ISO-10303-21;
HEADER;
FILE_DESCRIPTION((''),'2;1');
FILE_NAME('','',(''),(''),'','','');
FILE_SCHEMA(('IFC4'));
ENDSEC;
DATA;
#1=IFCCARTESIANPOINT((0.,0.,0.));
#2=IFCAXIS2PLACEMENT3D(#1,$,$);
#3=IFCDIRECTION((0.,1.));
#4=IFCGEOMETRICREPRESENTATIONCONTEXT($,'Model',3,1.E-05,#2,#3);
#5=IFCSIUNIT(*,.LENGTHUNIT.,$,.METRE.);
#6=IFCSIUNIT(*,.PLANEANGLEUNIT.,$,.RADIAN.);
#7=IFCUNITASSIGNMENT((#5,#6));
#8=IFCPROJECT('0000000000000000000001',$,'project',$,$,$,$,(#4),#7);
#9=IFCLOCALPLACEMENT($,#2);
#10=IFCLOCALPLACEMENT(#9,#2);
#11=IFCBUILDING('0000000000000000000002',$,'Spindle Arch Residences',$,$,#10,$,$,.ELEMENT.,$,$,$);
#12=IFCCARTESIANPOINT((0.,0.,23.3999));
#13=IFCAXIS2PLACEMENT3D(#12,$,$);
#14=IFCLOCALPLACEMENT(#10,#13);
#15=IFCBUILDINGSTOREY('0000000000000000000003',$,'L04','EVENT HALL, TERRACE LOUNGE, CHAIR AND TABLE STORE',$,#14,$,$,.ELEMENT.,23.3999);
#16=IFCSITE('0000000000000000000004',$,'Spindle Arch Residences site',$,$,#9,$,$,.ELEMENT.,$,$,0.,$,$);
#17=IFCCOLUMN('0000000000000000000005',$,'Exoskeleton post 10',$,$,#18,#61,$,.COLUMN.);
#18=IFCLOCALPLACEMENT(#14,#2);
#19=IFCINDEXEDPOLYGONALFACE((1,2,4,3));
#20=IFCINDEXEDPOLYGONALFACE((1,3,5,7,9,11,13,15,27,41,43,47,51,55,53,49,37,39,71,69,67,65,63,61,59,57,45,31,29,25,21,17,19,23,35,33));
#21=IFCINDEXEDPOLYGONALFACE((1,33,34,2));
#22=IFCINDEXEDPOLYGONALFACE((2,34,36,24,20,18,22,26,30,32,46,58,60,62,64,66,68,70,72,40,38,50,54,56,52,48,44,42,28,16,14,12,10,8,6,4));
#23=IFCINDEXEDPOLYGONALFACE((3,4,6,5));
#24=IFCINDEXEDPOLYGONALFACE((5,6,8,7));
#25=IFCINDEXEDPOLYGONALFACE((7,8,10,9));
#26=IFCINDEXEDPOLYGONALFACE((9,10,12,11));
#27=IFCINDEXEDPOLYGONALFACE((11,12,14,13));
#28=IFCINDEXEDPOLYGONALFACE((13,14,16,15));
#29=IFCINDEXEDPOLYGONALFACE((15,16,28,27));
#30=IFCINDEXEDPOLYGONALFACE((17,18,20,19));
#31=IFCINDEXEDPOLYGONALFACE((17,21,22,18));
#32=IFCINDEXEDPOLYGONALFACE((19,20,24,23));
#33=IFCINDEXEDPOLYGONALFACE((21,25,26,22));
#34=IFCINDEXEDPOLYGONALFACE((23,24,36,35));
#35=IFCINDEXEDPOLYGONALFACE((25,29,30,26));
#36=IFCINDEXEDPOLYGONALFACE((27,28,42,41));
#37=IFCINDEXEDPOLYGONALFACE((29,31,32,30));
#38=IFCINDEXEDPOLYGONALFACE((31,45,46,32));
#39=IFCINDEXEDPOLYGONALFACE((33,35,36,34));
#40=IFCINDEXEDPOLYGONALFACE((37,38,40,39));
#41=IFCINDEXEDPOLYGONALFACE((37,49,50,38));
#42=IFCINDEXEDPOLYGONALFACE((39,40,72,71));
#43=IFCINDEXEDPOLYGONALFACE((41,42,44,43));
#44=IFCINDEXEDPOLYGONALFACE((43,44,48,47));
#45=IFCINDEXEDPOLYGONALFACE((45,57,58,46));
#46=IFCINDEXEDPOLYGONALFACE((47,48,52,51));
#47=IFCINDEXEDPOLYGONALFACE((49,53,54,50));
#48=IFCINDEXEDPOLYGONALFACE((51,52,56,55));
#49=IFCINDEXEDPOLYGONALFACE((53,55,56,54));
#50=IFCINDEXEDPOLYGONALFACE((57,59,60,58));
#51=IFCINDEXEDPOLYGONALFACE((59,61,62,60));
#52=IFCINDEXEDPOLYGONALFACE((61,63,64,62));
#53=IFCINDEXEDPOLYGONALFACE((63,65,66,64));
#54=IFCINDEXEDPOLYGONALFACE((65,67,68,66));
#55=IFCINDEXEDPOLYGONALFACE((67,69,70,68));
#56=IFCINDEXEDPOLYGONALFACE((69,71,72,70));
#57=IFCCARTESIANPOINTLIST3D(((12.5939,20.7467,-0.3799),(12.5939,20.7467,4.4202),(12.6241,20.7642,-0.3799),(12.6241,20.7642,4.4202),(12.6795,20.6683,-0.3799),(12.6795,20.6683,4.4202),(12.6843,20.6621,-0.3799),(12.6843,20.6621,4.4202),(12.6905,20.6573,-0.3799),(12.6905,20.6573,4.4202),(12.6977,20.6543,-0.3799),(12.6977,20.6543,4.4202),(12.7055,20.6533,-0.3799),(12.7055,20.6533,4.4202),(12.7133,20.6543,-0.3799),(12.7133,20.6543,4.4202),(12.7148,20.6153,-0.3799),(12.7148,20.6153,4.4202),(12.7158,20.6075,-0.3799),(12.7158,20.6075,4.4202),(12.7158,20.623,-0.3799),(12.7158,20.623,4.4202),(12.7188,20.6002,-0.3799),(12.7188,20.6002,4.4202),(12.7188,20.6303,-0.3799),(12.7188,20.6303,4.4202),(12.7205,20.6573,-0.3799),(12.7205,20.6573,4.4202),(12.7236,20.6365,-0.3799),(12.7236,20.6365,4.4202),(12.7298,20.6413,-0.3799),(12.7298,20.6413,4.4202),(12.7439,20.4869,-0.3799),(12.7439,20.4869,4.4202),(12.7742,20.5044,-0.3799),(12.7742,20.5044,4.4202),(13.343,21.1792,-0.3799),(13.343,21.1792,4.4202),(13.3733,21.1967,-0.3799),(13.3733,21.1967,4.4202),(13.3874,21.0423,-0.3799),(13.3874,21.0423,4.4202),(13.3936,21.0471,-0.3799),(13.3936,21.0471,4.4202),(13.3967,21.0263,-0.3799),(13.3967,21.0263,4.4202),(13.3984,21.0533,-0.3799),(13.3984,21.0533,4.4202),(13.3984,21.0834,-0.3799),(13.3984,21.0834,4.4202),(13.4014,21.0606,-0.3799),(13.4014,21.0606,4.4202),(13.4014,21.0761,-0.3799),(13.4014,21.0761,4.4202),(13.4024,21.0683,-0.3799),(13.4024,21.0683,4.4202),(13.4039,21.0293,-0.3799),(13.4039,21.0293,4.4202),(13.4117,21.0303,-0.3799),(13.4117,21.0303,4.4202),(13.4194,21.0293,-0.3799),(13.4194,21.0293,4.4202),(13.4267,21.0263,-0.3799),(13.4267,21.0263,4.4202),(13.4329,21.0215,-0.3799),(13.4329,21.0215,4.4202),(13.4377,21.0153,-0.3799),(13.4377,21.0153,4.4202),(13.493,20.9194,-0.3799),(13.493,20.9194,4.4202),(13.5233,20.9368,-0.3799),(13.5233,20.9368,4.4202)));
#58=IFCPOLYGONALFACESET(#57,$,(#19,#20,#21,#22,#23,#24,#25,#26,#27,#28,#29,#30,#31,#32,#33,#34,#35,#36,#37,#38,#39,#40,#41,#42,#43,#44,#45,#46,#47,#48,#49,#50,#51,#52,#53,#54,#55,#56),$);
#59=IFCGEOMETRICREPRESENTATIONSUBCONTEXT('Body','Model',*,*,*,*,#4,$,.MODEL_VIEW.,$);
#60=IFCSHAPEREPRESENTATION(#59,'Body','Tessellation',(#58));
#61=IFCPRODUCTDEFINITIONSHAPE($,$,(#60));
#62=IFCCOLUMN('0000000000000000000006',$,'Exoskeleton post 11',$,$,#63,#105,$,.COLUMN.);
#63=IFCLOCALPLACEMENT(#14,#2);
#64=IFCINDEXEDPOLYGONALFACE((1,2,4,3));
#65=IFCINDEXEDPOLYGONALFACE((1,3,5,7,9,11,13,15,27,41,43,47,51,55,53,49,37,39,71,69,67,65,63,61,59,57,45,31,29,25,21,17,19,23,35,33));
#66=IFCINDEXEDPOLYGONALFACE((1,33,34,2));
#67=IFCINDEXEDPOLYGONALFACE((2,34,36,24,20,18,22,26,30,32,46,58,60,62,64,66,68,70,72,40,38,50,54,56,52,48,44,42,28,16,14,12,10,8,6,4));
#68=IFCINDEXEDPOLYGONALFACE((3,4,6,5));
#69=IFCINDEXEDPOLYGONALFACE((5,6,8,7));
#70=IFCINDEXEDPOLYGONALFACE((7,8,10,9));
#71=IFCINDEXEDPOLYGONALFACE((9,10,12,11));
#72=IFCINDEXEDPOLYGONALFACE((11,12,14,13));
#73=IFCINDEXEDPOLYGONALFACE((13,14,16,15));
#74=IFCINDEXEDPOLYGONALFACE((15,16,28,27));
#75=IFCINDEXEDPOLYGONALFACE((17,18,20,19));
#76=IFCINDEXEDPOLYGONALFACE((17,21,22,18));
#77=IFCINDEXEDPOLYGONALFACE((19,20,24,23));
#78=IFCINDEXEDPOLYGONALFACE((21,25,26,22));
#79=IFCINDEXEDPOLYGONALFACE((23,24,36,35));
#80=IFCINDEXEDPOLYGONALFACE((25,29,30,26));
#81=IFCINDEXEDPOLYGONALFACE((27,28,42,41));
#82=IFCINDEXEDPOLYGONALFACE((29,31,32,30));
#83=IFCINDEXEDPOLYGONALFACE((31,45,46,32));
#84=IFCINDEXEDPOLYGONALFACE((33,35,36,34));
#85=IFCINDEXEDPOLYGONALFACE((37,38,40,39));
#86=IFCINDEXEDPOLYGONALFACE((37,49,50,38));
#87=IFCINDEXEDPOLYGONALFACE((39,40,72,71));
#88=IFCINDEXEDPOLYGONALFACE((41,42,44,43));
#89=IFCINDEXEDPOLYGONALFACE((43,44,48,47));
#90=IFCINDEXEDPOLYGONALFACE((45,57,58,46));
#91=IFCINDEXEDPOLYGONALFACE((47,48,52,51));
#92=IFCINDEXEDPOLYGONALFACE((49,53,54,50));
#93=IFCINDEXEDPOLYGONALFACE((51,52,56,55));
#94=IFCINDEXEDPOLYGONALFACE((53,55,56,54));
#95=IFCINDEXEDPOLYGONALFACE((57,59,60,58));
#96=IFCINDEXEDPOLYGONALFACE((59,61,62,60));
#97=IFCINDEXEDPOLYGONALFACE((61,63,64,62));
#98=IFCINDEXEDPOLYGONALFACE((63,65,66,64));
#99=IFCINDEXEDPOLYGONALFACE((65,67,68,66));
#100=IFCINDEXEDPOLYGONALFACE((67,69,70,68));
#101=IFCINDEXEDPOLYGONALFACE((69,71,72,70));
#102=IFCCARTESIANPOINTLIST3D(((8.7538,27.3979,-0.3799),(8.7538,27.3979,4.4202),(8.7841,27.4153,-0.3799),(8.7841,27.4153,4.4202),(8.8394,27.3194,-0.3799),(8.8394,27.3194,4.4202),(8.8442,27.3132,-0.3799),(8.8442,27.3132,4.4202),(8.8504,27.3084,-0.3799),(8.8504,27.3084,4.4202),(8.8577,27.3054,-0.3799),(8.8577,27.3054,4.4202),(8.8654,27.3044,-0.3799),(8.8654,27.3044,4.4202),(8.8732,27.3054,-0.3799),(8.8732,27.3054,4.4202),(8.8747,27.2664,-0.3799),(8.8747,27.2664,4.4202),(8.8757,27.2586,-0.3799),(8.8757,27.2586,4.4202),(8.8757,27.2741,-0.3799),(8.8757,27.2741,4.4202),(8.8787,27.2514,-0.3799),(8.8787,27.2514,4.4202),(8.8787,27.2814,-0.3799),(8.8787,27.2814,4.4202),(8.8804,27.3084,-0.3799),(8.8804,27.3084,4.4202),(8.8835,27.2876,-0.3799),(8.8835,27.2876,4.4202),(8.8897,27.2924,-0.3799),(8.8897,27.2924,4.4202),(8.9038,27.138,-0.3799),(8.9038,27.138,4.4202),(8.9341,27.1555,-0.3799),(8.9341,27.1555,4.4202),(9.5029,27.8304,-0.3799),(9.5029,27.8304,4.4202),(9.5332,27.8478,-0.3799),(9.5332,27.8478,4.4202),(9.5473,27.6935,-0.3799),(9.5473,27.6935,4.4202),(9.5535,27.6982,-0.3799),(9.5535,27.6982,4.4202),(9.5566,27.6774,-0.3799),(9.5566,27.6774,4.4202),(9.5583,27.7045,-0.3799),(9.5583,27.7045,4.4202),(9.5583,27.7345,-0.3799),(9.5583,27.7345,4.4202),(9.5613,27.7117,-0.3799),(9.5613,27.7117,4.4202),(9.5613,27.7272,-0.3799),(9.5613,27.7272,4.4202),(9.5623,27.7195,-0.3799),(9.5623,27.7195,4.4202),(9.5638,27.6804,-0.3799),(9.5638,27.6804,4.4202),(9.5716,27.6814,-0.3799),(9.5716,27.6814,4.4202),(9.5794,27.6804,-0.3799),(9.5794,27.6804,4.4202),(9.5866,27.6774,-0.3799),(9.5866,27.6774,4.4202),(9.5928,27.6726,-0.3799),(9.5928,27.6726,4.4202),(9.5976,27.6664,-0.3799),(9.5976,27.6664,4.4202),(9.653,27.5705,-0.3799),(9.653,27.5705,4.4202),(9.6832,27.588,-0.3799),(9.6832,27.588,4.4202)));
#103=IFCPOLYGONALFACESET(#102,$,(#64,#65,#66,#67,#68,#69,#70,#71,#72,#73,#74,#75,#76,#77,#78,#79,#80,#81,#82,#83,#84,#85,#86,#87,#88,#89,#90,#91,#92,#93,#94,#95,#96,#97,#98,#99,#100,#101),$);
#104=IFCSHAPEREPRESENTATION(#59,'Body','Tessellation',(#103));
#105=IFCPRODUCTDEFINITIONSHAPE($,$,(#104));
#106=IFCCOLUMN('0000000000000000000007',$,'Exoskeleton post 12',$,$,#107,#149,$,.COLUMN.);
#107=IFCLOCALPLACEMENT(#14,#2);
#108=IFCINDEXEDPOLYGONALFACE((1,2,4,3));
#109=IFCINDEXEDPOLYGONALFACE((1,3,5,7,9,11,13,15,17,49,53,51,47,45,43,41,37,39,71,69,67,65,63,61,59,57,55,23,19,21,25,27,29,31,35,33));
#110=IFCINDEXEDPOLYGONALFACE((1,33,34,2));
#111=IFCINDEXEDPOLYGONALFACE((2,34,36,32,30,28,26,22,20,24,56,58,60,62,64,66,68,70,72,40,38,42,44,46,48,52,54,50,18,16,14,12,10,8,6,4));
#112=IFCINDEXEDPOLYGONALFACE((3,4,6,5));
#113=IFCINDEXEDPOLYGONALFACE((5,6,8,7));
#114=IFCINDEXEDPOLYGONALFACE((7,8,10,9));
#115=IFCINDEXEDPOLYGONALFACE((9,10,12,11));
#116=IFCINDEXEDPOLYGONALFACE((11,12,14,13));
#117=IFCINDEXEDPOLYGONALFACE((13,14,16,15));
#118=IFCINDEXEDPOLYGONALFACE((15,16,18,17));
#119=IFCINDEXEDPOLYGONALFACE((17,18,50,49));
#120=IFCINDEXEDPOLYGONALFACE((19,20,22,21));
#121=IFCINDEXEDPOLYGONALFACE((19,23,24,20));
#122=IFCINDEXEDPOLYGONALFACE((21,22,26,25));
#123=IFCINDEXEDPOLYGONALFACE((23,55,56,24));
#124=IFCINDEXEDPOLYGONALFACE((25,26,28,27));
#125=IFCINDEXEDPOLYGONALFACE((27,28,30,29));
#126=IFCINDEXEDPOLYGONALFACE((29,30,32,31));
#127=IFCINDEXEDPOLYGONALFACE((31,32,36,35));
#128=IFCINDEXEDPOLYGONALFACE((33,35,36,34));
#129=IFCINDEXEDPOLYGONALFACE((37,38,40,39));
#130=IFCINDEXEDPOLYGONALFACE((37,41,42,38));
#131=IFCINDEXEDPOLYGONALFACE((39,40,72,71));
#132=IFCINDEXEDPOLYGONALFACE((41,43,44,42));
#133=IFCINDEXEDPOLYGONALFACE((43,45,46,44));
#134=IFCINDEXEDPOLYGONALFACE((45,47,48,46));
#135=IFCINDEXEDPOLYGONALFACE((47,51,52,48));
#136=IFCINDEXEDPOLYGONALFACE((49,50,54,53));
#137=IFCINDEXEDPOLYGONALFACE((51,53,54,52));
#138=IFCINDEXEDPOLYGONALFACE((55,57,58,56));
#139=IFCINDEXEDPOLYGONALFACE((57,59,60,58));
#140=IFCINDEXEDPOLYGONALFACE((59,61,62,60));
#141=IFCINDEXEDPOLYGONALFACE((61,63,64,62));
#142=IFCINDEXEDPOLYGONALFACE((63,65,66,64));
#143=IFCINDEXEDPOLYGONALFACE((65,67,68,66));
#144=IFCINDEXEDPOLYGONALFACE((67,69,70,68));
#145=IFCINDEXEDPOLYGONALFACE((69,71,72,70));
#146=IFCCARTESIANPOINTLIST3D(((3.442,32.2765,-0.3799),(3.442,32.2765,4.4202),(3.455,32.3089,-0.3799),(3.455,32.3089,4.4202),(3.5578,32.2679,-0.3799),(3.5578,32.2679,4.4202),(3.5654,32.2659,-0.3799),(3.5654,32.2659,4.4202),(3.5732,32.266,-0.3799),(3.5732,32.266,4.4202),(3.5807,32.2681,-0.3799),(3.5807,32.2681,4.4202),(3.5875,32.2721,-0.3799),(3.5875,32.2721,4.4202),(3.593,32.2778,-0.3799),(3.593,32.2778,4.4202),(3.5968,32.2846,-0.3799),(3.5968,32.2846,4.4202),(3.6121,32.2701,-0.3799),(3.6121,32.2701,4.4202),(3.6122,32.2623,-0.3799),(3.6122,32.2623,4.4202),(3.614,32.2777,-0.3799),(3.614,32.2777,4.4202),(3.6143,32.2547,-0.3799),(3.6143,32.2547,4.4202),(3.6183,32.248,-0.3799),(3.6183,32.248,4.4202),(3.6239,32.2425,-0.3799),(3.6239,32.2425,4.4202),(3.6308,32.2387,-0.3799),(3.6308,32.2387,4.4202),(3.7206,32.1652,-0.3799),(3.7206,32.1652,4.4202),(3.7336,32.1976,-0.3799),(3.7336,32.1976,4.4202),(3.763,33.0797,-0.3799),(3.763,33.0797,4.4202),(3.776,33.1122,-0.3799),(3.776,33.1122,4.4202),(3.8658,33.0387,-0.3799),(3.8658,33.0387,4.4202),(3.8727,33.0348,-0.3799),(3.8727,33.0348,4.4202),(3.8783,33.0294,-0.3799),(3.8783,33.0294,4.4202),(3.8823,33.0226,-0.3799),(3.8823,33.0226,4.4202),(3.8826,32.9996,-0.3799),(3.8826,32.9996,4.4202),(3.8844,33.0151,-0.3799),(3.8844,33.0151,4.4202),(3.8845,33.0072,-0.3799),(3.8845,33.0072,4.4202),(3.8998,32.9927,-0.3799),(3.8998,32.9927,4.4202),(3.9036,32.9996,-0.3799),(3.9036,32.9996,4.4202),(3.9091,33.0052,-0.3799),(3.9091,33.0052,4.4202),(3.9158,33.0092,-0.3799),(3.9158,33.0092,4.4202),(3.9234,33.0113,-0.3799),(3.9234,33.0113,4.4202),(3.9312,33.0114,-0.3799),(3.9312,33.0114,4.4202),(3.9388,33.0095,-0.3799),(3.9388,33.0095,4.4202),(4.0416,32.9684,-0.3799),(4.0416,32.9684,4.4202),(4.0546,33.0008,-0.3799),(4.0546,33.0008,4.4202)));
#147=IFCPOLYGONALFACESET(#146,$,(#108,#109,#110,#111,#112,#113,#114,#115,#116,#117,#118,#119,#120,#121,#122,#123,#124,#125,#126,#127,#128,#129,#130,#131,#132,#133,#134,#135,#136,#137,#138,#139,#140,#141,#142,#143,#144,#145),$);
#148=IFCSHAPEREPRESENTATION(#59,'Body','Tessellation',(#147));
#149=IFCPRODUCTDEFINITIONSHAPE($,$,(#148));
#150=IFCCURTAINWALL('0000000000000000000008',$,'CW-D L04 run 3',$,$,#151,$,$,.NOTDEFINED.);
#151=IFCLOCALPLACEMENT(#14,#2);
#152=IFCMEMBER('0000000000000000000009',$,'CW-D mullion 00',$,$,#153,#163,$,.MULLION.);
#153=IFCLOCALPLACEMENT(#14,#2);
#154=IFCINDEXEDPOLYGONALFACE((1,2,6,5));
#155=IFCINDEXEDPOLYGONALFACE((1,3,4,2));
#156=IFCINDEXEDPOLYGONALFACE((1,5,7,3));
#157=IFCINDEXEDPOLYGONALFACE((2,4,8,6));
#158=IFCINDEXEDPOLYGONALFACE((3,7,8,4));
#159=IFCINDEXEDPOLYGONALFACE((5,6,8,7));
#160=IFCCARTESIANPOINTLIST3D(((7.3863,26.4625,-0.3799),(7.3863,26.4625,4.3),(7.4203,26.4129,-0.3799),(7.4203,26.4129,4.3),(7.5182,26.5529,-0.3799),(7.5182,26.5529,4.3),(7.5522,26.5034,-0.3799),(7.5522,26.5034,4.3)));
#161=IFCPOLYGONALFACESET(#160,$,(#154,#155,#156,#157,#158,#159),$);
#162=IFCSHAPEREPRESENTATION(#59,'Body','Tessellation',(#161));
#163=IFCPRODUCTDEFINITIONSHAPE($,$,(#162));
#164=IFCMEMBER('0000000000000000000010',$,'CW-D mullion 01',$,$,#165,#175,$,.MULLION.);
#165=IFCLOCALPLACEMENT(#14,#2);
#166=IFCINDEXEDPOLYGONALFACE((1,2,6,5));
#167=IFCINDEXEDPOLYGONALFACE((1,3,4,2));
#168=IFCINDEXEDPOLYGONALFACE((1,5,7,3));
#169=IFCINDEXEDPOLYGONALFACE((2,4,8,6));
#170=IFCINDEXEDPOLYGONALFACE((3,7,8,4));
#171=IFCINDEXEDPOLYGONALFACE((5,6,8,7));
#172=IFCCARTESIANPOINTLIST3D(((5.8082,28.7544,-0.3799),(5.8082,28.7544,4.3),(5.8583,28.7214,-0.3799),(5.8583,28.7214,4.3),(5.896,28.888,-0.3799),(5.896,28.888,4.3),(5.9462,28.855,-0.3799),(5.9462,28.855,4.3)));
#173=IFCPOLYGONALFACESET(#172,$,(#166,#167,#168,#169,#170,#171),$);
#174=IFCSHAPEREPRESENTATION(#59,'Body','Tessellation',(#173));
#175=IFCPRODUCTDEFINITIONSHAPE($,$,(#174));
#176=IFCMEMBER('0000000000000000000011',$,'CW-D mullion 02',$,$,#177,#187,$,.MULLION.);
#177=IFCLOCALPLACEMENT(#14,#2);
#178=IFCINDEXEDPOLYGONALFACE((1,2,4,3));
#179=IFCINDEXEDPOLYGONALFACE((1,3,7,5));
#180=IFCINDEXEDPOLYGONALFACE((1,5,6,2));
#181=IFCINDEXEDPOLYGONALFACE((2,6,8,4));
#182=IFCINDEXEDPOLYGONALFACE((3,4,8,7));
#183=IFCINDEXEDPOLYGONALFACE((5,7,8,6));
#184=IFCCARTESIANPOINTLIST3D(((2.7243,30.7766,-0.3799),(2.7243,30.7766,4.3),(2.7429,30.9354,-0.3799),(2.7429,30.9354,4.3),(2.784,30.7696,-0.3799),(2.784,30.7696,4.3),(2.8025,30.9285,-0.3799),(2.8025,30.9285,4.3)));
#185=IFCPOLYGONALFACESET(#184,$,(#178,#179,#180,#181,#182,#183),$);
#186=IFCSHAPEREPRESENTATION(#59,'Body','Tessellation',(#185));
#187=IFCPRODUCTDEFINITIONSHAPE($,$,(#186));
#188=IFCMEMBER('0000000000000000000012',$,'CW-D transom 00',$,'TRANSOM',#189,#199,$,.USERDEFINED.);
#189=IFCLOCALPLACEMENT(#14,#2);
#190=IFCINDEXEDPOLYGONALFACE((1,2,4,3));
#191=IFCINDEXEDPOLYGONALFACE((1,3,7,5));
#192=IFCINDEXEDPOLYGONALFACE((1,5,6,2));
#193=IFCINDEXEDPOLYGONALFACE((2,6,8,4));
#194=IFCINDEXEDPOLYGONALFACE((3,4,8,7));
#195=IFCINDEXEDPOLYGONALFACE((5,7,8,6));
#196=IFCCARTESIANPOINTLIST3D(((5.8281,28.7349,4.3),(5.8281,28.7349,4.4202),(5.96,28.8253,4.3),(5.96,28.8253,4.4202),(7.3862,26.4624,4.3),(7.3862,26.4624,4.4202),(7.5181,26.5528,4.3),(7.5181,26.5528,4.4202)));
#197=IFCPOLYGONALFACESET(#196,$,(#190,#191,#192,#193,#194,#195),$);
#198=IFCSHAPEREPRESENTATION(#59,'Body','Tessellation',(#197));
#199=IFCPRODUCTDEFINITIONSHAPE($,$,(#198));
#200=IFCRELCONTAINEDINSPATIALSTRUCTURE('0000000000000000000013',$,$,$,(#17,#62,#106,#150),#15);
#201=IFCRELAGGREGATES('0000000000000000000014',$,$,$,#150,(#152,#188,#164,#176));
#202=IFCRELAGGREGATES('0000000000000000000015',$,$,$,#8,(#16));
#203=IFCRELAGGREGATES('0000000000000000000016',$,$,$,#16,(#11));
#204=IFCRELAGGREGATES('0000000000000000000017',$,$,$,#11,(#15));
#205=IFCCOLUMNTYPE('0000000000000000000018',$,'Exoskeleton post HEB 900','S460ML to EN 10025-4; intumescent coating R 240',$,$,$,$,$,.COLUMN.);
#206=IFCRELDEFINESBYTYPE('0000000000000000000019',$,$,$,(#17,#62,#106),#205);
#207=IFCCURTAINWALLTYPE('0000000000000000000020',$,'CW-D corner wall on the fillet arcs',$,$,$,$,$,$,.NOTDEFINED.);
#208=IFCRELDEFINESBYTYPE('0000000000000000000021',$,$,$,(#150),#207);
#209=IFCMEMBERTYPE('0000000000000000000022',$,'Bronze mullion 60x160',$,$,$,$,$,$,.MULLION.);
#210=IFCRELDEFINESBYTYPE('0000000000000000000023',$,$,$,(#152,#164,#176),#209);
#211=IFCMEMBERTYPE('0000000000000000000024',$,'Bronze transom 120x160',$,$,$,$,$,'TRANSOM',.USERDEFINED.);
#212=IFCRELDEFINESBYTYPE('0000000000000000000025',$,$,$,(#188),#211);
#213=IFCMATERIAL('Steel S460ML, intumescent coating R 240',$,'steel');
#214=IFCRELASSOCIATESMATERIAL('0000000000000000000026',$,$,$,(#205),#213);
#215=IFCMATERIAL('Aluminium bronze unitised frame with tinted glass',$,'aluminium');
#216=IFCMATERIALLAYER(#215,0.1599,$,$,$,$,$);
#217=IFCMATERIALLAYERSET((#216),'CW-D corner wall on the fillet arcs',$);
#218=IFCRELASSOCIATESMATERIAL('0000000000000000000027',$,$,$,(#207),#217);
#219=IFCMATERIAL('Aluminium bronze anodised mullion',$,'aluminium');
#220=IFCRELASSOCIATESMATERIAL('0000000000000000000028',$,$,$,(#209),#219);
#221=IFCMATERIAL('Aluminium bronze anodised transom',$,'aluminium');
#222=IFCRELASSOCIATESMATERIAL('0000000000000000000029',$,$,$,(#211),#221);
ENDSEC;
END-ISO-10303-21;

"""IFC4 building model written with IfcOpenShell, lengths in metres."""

from ifc_helpers import new_model, si_unit, direction, frame, origin, origin_2d, place, context, subcontext, project, spatial, rectangle, i_section, extrude, material, layer, layer_set, material_profile, profile_set, type_object, element, aggregate, save


model = new_model("IFC4")

# Units and contexts
model_context = context("Model", 3, precision=1e-05, world=origin(), true_north=direction((0.0, 1.0)))
body_context = subcontext(model_context, "Body", "Model", "MODEL_VIEW")
ifc_project = project(units=[si_unit("LENGTHUNIT", "METRE"), si_unit("PLANEANGLEUNIT", "RADIAN")], contexts=[model_context])

# Site, building, storey
site_placement = place(None, origin())
site = spatial("IfcSite", under=ifc_project, at=site_placement, Name="Spindle Arch Residences site", CompositionType="ELEMENT", RefElevation=0.0)
building_placement = place(site_placement, origin())
building = spatial("IfcBuilding", under=site, at=building_placement, Name="Spindle Arch Residences", CompositionType="ELEMENT")
storey_placement = place(building_placement, frame((0.0, 0.0, 23.3999)))
storey = spatial("IfcBuildingStorey", under=building, at=storey_placement, Name="L04", Description="EVENT HALL, TERRACE LOUNGE, CHAIR AND TABLE STORE", CompositionType="ELEMENT", Elevation=23.3999)

# Columns
ifc_material_1 = material(Name="Steel S460ML, intumescent coating R 240", Category="steel")
ifc_material_profile_1 = material_profile(ifc_material_1, i_section(OverallWidth=0.3, OverallDepth=0.8999, WebThickness=0.0186, FlangeThickness=0.0349, FilletRadius=0.03, at=origin_2d()), Name="HEB 900")
ifc_profile_set_1 = profile_set([ifc_material_profile_1], Name="Steel S460ML, intumescent coating R 240")
column_type = type_object("IfcColumnType", Name="Exoskeleton post HEB 900", Description="S460ML to EN 10025-4; intumescent coating R 240", PredefinedType="COLUMN", material=ifc_profile_set_1)
for number, where, z_axis, x_axis, name in (
    (1, (13.0586, 20.8418, -0.3799), (0.0, 0.0, 1.0), (0.5, -0.866025, 0.0), "Exoskeleton post 10"),
    (2, (9.2185, 27.4929, -0.3799), (0.0, 0.0, 1.0), (0.5, -0.866025, 0.0), "Exoskeleton post 11"),
    (3, (3.7483, 32.6387, -0.3799), (0.0, 0.0, 1.0), (0.92859, -0.371108, 0.0), "Exoskeleton post 12"),
):
    element("IfcColumn", number, at=place(storey_placement, frame(where, z_axis=z_axis, x_axis=x_axis)), inside=storey, type_object=column_type, Name=name, PredefinedType="COLUMN", context=body_context, shape_type="SweptSolid", body=[
        extrude(i_section(OverallWidth=0.3, OverallDepth=0.8999, WebThickness=0.0186, FlangeThickness=0.0349, FilletRadius=0.03, at=origin_2d()), origin(), (0.0, 0.0, 1.0), 4.8),
    ])

# Curtain wall, members
ifc_material_2 = material(Name="Aluminium bronze unitised frame with tinted glass", Category="aluminium")
ifc_layer_1 = layer(ifc_material_2, 0.1599)
ifc_layer_set_1 = layer_set([ifc_layer_1], Name="CW-D corner wall on the fillet arcs")
curtain_wall_type_1 = type_object("IfcCurtainWallType", Name="CW-D corner wall on the fillet arcs", PredefinedType="NOTDEFINED", material=ifc_layer_set_1)
curtain_wall_1_placement = place(storey_placement, origin())
curtain_wall_1 = element("IfcCurtainWall", 4, at=curtain_wall_1_placement, inside=storey, type_object=curtain_wall_type_1, Name="CW-D L04 run 3", PredefinedType="NOTDEFINED")
ifc_material_3 = material(Name="Aluminium bronze anodised mullion", Category="aluminium")
ifc_material_profile_2 = material_profile(ifc_material_3, rectangle(XDim=0.1599, YDim=0.0601, at=origin_2d()), Name="MU 60x160")
ifc_profile_set_2 = profile_set([ifc_material_profile_2], Name="Aluminium bronze anodised mullion")
member_type_1 = type_object("IfcMemberType", Name="Bronze mullion 60x160", PredefinedType="MULLION", material=ifc_profile_set_2)
member_1_placement = place(storey_placement, frame((7.4692, 26.4829, -0.3799), z_axis=(0.0, 0.0, 1.0), x_axis=(-0.824748, -0.565501, 0.0)))
member_1 = element("IfcMember", 5, at=member_1_placement, type_object=member_type_1, Name="CW-D mullion 00", PredefinedType="MULLION", context=body_context, shape_type="SweptSolid", body=[
    extrude(rectangle(XDim=0.1599, YDim=0.0601, at=origin_2d()), origin(), (0.0, 0.0, 1.0), 4.6799),
])
member_2_placement = place(storey_placement, frame((5.8772, 28.8047, -0.3799), z_axis=(0.0, 0.0, 1.0), x_axis=(-0.549509, -0.835488, 0.0)))
member_2 = element("IfcMember", 6, at=member_2_placement, type_object=member_type_1, Name="CW-D mullion 01", PredefinedType="MULLION", context=body_context, shape_type="SweptSolid", body=[
    extrude(rectangle(XDim=0.1599, YDim=0.0601, at=origin_2d()), origin(), (0.0, 0.0, 1.0), 4.6799),
])
member_3_placement = place(storey_placement, frame((2.7634, 30.8525, -0.3799), z_axis=(0.0, 0.0, 1.0), x_axis=(-0.116093, -0.993238, 0.0)))
member_3 = element("IfcMember", 7, at=member_3_placement, type_object=member_type_1, Name="CW-D mullion 02", PredefinedType="MULLION", context=body_context, shape_type="SweptSolid", body=[
    extrude(rectangle(XDim=0.1599, YDim=0.0601, at=origin_2d()), origin(), (0.0, 0.0, 1.0), 4.6799),
])
ifc_material_4 = material(Name="Aluminium bronze anodised transom", Category="aluminium")
ifc_material_profile_3 = material_profile(ifc_material_4, rectangle(XDim=0.1599, YDim=0.1201, at=origin_2d()), Name="TR 120x160")
ifc_profile_set_3 = profile_set([ifc_material_profile_3], Name="Aluminium bronze anodised transom")
member_type_2 = type_object("IfcMemberType", Name="Bronze transom 120x160", ElementType="TRANSOM", PredefinedType="USERDEFINED", material=ifc_profile_set_3)
member_4_placement = place(storey_placement, frame((7.4521, 26.5076, 4.3601), z_axis=(-0.56549, 0.824755, 0.0), x_axis=(-0.824755, -0.56549, 0.0)))
member_4 = element("IfcMember", 8, at=member_4_placement, type_object=member_type_2, Name="CW-D transom 00", ObjectType="TRANSOM", PredefinedType="USERDEFINED", context=body_context, shape_type="SweptSolid", body=[
    extrude(rectangle(XDim=0.1599, YDim=0.1201, at=origin_2d()), origin(), (0.0, 0.0, 1.0), 2.7554),
])

aggregate(curtain_wall_1, [member_1, member_4, member_2, member_3])

save(model, "model.ifc")
